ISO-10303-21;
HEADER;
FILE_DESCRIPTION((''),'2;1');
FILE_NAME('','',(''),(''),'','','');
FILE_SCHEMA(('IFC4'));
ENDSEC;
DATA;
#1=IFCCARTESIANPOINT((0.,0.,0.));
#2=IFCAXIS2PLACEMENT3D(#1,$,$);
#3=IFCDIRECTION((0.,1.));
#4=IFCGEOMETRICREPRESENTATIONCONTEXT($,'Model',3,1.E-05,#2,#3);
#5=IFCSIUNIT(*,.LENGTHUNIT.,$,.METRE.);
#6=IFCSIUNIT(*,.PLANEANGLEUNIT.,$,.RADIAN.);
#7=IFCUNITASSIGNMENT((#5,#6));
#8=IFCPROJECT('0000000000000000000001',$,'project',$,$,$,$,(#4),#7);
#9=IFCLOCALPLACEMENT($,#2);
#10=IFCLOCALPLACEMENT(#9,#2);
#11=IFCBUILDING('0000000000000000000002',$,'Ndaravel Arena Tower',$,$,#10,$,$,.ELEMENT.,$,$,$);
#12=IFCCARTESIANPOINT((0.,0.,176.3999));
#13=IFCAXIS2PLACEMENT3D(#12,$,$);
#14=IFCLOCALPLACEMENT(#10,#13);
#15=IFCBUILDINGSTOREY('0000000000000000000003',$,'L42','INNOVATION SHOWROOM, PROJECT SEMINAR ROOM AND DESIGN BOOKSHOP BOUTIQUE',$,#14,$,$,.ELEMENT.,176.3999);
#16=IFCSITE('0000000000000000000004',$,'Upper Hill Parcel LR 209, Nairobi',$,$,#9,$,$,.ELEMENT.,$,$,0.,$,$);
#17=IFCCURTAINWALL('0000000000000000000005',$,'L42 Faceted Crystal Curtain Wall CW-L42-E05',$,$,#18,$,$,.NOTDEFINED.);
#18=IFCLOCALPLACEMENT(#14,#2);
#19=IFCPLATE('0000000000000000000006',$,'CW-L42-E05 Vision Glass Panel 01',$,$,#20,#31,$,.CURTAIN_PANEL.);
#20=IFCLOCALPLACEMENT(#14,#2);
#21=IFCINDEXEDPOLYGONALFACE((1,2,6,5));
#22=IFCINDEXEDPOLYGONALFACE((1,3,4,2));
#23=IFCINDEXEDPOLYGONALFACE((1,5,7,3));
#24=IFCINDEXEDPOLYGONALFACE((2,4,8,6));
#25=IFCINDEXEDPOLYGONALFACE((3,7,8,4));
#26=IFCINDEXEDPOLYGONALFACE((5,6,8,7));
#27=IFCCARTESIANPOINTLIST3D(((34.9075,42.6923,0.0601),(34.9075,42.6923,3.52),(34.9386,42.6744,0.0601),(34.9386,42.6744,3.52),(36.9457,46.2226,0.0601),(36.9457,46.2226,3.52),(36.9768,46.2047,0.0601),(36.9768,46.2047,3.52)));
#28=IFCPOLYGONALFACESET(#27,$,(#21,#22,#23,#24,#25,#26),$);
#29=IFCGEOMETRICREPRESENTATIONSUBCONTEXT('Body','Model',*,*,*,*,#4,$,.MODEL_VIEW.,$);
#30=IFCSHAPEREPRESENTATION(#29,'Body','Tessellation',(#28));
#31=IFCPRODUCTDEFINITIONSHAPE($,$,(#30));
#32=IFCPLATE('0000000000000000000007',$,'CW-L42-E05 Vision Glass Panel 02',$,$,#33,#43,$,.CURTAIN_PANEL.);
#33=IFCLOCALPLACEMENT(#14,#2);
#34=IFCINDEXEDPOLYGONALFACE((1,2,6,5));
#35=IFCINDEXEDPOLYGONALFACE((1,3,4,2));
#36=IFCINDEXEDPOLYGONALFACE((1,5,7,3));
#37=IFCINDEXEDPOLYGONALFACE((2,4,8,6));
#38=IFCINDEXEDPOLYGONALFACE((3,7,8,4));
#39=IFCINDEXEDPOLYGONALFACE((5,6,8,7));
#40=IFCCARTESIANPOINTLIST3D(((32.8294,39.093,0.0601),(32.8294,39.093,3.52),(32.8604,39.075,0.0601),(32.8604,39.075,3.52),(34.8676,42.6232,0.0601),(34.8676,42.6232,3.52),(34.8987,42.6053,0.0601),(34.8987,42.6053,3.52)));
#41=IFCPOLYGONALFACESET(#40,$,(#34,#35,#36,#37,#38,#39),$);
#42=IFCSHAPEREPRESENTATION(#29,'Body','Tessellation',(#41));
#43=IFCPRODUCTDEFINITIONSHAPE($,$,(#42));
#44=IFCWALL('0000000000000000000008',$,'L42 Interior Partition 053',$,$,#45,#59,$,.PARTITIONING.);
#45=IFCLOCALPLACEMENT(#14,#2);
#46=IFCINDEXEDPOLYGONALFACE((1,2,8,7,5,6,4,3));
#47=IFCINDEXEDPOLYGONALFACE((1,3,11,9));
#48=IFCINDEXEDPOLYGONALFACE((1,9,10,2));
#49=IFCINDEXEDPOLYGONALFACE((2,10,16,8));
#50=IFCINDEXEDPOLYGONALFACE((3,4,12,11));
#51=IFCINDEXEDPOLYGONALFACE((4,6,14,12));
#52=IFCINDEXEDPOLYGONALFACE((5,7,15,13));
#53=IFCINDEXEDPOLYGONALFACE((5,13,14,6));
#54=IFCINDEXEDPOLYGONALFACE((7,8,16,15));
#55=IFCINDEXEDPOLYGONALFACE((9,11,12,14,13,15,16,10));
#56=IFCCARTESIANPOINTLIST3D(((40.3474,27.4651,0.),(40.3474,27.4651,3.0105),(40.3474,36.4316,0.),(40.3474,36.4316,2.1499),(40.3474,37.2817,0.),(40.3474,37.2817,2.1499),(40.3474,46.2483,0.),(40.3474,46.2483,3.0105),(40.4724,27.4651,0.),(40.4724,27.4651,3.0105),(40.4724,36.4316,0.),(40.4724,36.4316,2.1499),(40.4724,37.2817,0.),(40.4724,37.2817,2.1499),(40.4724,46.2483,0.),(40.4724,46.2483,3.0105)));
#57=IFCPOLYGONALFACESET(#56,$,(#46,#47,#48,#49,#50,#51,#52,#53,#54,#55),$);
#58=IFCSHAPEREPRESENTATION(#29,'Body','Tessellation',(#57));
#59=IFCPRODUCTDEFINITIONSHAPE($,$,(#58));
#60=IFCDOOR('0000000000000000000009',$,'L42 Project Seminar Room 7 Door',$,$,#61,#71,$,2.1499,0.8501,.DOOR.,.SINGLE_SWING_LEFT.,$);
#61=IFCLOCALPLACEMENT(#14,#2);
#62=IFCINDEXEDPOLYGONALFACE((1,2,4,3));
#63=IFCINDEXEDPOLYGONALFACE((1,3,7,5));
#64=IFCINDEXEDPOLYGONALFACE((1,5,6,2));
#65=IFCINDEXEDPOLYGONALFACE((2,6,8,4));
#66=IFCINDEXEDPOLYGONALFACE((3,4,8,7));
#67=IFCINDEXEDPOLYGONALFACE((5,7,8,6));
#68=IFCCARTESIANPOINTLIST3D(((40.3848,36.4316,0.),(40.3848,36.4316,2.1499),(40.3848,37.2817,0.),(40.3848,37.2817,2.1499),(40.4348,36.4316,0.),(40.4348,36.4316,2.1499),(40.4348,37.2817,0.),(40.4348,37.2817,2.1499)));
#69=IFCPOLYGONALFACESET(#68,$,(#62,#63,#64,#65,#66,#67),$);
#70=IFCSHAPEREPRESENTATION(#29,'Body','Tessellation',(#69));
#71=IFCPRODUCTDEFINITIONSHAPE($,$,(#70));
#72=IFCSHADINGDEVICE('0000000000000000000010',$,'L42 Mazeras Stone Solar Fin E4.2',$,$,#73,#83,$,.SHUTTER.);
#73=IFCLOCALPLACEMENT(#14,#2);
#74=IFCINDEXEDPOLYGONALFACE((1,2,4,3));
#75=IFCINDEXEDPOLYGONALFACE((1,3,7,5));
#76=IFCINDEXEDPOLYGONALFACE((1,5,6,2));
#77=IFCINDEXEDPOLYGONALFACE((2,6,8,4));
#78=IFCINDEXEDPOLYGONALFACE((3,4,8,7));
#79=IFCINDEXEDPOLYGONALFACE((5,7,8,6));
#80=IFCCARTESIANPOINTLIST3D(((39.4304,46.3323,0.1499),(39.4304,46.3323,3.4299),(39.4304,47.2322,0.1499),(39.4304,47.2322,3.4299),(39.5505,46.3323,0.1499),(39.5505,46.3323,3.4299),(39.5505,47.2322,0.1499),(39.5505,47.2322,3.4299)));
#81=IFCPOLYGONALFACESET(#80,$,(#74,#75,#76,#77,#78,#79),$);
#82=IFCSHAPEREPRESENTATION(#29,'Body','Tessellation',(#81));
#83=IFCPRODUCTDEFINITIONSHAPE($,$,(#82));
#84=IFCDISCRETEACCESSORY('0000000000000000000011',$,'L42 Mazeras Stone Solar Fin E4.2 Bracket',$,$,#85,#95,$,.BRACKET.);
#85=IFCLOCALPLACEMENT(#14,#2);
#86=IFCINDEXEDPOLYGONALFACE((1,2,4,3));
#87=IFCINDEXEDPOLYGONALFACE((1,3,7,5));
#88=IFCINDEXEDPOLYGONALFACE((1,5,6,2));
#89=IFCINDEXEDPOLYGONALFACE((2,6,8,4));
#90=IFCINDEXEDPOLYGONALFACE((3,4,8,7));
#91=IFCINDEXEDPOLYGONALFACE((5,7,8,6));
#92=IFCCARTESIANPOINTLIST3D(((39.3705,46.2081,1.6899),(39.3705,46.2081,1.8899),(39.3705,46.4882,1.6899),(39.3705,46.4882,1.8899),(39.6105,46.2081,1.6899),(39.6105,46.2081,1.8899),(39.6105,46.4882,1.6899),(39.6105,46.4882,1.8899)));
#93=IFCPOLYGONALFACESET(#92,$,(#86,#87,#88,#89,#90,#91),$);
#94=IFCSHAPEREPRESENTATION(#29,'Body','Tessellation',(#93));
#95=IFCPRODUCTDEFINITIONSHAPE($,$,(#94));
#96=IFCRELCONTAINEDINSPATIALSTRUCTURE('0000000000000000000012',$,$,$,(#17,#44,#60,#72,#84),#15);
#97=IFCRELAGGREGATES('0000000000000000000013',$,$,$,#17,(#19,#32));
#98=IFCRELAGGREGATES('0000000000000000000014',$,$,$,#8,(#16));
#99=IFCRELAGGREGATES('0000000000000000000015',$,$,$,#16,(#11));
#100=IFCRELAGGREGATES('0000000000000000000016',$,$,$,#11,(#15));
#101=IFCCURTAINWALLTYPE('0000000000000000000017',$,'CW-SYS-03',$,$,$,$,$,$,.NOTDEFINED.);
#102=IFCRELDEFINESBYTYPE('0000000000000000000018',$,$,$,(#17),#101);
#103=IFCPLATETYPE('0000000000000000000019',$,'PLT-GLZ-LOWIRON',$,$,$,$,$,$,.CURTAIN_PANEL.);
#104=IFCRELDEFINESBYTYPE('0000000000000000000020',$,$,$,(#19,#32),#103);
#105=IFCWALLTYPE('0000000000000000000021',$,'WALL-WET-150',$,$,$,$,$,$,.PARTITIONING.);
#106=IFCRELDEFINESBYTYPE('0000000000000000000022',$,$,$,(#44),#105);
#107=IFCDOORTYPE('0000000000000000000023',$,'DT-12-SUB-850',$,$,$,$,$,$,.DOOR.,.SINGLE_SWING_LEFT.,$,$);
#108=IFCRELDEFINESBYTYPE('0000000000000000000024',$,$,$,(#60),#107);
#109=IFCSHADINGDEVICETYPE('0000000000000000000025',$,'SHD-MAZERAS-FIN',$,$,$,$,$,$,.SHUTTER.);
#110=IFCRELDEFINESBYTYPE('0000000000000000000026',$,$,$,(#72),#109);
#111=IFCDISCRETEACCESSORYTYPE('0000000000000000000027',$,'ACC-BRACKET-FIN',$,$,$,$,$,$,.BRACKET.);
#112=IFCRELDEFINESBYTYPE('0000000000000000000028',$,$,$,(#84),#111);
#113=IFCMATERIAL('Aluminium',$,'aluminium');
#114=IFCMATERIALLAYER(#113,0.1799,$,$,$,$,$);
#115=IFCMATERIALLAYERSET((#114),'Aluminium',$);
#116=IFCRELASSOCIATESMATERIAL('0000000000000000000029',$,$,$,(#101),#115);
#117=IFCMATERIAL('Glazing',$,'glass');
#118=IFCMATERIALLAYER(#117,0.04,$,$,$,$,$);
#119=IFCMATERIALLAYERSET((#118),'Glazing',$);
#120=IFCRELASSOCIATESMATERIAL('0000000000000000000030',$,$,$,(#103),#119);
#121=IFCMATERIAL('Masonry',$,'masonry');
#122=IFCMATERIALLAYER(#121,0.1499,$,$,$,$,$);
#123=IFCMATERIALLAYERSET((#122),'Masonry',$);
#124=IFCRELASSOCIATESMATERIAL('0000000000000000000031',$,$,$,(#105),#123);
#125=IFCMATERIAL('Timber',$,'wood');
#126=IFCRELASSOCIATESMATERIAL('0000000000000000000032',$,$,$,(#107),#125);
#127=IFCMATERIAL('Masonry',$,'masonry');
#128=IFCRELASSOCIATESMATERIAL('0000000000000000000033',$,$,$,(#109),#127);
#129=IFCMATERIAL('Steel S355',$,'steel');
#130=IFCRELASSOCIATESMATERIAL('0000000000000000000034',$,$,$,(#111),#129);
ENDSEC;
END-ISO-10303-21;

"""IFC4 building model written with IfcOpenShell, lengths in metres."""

from ifc_helpers import new_model, si_unit, direction, frame, frame_2d, origin, origin_2d, place, context, subcontext, project, spatial, rectangle, extrude, material, layer, layer_set, type_object, element, fill, aggregate, save


model = new_model("IFC4")

# Units and contexts
model_context = context("Model", 3, precision=1e-05, world=origin(), true_north=direction((0.0, 1.0)))
body_context = subcontext(model_context, "Body", "Model", "MODEL_VIEW")
ifc_project = project(units=[si_unit("LENGTHUNIT", "METRE"), si_unit("PLANEANGLEUNIT", "RADIAN")], contexts=[model_context])

# Site, building, storey
site_placement = place(None, origin())
site = spatial("IfcSite", under=ifc_project, at=site_placement, Name="Upper Hill Parcel LR 209, Nairobi", CompositionType="ELEMENT", RefElevation=0.0)
building_placement = place(site_placement, origin())
building = spatial("IfcBuilding", under=site, at=building_placement, Name="Ndaravel Arena Tower", CompositionType="ELEMENT")
storey_placement = place(building_placement, frame((0.0, 0.0, 176.3999)))
storey = spatial("IfcBuildingStorey", under=building, at=storey_placement, Name="L42", Description="INNOVATION SHOWROOM, PROJECT SEMINAR ROOM AND DESIGN BOOKSHOP BOUTIQUE", CompositionType="ELEMENT", Elevation=176.3999)

# Curtain wall
ifc_material_1 = material(Name="Aluminium", Category="aluminium")
ifc_layer_1 = layer(ifc_material_1, 0.1799)
ifc_layer_set_1 = layer_set([ifc_layer_1], Name="Aluminium")
curtain_wall_type_1 = type_object("IfcCurtainWallType", Name="CW-SYS-03", PredefinedType="NOTDEFINED", material=ifc_layer_set_1)
curtain_wall_1_placement = place(storey_placement, origin())
curtain_wall_1 = element("IfcCurtainWall", 1, at=curtain_wall_1_placement, inside=storey, type_object=curtain_wall_type_1, Name="L42 Faceted Crystal Curtain Wall CW-L42-E05", PredefinedType="NOTDEFINED")

# Plates
ifc_material_2 = material(Name="Glazing", Category="glass")
ifc_layer_2 = layer(ifc_material_2, 0.04)
ifc_layer_set_2 = layer_set([ifc_layer_2], Name="Glazing")
plate_type_1 = type_object("IfcPlateType", Name="PLT-GLZ-LOWIRON", PredefinedType="CURTAIN_PANEL", material=ifc_layer_set_2)
plate_1_placement = place(storey_placement, frame((35.9421, 44.4485, 0.0601), z_axis=(0.0, 0.0, 1.0), x_axis=(-0.5, -0.866025, 0.0)))
plate_1 = element("IfcPlate", 2, at=plate_1_placement, type_object=plate_type_1, Name="CW-L42-E05 Vision Glass Panel 01", PredefinedType="CURTAIN_PANEL", context=body_context, shape_type="SweptSolid", body=[
    extrude(rectangle(XDim=4.0764, YDim=0.0359, at=origin_2d()), origin(), (0.0, 0.0, 1.0), 3.46),
])
plate_2_placement = place(storey_placement, frame((33.864, 40.8491, 0.0601), z_axis=(0.0, 0.0, 1.0), x_axis=(-0.5, -0.866025, 0.0)))
plate_2 = element("IfcPlate", 3, at=plate_2_placement, type_object=plate_type_1, Name="CW-L42-E05 Vision Glass Panel 02", PredefinedType="CURTAIN_PANEL", context=body_context, shape_type="SweptSolid", body=[
    extrude(rectangle(XDim=4.0764, YDim=0.0359, at=origin_2d()), origin(), (0.0, 0.0, 1.0), 3.46),
])
aggregate(curtain_wall_1, [plate_1, plate_2])

# Wall, opening, door
ifc_material_3 = material(Name="Masonry", Category="masonry")
ifc_layer_3 = layer(ifc_material_3, 0.1499)
ifc_layer_set_3 = layer_set([ifc_layer_3], Name="Masonry")
wall_type = type_object("IfcWallType", Name="WALL-WET-150", PredefinedType="PARTITIONING", material=ifc_layer_set_3)
wall_placement = place(storey_placement, frame((40.4099, 46.2483, 0.0), z_axis=(0.0, 0.0, 1.0), x_axis=(0.0, -1.0, 0.0)))
wall = element("IfcWall", 4, at=wall_placement, inside=storey, type_object=wall_type, Name="L42 Interior Partition 053", PredefinedType="PARTITIONING", context=body_context, shape_type="SweptSolid", body=[
    extrude(rectangle(XDim=18.7832, YDim=0.125, at=frame_2d((9.3916, 0.0))), origin(), (0.0, 0.0, 1.0), 3.0105),
])
opening_placement = place(wall_placement, frame((8.9666, 0.0, 0.0)))
opening = element("IfcOpeningElement", 5, at=opening_placement, cuts=wall, PredefinedType="OPENING", context=body_context, shape_type="SweptSolid", body=[
    extrude(rectangle(XDim=0.8501, YDim=2.1499, at=frame_2d((0.425, 1.075))), frame((0.0, 0.0625, 0.0), z_axis=(0.0, -1.0, 0.0), x_axis=(1.0, 0.0, 0.0)), (0.0, 0.0, 1.0), 0.125),
])
ifc_material_4 = material(Name="Timber", Category="wood")
door_type = type_object("IfcDoorType", Name="DT-12-SUB-850", OperationType="SINGLE_SWING_LEFT", PredefinedType="DOOR", material=ifc_material_4)
door_placement = place(opening_placement, origin())
door = element("IfcDoor", 6, at=door_placement, inside=storey, type_object=door_type, Name="L42 Project Seminar Room 7 Door", OperationType="SINGLE_SWING_LEFT", OverallHeight=2.1499, OverallWidth=0.8501, PredefinedType="DOOR", context=body_context, shape_type="SweptSolid", body=[
    extrude(rectangle(XDim=0.8501, YDim=2.1499, at=frame_2d((0.425, 1.075))), frame((0.0, 0.0249, 0.0), z_axis=(0.0, -1.0, 0.0), x_axis=(1.0, 0.0, 0.0)), (0.0, 0.0, 1.0), 0.05),
])
fill(opening, door)

# Shading device
ifc_material_5 = material(Name="Masonry", Category="masonry")
shading_device_type = type_object("IfcShadingDeviceType", Name="SHD-MAZERAS-FIN", PredefinedType="SHUTTER", material=ifc_material_5)
shading_device_placement = place(storey_placement, frame((39.4905, 46.7822, 0.1499), z_axis=(0.0, 0.0, 1.0), x_axis=(0.0, 1.0, 0.0)))
element("IfcShadingDevice", 7, at=shading_device_placement, inside=storey, type_object=shading_device_type, Name="L42 Mazeras Stone Solar Fin E4.2", PredefinedType="SHUTTER", context=body_context, shape_type="SweptSolid", body=[
    extrude(rectangle(XDim=0.8999, YDim=0.1201, at=origin_2d()), origin(), (0.0, 0.0, 1.0), 3.28),
])

# Discrete accessory
ifc_material_6 = material(Name="Steel S355", Category="steel")
discrete_accessory_type = type_object("IfcDiscreteAccessoryType", Name="ACC-BRACKET-FIN", PredefinedType="BRACKET", material=ifc_material_6)
discrete_accessory_placement = place(storey_placement, frame((39.4905, 46.3481, 1.6899), z_axis=(0.0, 0.0, 1.0), x_axis=(0.0, 1.0, 0.0)))
element("IfcDiscreteAccessory", 8, at=discrete_accessory_placement, inside=storey, type_object=discrete_accessory_type, Name="L42 Mazeras Stone Solar Fin E4.2 Bracket", PredefinedType="BRACKET", context=body_context, shape_type="SweptSolid", body=[
    extrude(rectangle(XDim=0.28, YDim=0.24, at=origin_2d()), origin(), (0.0, 0.0, 1.0), 0.2),
])

save(model, "model.ifc")
